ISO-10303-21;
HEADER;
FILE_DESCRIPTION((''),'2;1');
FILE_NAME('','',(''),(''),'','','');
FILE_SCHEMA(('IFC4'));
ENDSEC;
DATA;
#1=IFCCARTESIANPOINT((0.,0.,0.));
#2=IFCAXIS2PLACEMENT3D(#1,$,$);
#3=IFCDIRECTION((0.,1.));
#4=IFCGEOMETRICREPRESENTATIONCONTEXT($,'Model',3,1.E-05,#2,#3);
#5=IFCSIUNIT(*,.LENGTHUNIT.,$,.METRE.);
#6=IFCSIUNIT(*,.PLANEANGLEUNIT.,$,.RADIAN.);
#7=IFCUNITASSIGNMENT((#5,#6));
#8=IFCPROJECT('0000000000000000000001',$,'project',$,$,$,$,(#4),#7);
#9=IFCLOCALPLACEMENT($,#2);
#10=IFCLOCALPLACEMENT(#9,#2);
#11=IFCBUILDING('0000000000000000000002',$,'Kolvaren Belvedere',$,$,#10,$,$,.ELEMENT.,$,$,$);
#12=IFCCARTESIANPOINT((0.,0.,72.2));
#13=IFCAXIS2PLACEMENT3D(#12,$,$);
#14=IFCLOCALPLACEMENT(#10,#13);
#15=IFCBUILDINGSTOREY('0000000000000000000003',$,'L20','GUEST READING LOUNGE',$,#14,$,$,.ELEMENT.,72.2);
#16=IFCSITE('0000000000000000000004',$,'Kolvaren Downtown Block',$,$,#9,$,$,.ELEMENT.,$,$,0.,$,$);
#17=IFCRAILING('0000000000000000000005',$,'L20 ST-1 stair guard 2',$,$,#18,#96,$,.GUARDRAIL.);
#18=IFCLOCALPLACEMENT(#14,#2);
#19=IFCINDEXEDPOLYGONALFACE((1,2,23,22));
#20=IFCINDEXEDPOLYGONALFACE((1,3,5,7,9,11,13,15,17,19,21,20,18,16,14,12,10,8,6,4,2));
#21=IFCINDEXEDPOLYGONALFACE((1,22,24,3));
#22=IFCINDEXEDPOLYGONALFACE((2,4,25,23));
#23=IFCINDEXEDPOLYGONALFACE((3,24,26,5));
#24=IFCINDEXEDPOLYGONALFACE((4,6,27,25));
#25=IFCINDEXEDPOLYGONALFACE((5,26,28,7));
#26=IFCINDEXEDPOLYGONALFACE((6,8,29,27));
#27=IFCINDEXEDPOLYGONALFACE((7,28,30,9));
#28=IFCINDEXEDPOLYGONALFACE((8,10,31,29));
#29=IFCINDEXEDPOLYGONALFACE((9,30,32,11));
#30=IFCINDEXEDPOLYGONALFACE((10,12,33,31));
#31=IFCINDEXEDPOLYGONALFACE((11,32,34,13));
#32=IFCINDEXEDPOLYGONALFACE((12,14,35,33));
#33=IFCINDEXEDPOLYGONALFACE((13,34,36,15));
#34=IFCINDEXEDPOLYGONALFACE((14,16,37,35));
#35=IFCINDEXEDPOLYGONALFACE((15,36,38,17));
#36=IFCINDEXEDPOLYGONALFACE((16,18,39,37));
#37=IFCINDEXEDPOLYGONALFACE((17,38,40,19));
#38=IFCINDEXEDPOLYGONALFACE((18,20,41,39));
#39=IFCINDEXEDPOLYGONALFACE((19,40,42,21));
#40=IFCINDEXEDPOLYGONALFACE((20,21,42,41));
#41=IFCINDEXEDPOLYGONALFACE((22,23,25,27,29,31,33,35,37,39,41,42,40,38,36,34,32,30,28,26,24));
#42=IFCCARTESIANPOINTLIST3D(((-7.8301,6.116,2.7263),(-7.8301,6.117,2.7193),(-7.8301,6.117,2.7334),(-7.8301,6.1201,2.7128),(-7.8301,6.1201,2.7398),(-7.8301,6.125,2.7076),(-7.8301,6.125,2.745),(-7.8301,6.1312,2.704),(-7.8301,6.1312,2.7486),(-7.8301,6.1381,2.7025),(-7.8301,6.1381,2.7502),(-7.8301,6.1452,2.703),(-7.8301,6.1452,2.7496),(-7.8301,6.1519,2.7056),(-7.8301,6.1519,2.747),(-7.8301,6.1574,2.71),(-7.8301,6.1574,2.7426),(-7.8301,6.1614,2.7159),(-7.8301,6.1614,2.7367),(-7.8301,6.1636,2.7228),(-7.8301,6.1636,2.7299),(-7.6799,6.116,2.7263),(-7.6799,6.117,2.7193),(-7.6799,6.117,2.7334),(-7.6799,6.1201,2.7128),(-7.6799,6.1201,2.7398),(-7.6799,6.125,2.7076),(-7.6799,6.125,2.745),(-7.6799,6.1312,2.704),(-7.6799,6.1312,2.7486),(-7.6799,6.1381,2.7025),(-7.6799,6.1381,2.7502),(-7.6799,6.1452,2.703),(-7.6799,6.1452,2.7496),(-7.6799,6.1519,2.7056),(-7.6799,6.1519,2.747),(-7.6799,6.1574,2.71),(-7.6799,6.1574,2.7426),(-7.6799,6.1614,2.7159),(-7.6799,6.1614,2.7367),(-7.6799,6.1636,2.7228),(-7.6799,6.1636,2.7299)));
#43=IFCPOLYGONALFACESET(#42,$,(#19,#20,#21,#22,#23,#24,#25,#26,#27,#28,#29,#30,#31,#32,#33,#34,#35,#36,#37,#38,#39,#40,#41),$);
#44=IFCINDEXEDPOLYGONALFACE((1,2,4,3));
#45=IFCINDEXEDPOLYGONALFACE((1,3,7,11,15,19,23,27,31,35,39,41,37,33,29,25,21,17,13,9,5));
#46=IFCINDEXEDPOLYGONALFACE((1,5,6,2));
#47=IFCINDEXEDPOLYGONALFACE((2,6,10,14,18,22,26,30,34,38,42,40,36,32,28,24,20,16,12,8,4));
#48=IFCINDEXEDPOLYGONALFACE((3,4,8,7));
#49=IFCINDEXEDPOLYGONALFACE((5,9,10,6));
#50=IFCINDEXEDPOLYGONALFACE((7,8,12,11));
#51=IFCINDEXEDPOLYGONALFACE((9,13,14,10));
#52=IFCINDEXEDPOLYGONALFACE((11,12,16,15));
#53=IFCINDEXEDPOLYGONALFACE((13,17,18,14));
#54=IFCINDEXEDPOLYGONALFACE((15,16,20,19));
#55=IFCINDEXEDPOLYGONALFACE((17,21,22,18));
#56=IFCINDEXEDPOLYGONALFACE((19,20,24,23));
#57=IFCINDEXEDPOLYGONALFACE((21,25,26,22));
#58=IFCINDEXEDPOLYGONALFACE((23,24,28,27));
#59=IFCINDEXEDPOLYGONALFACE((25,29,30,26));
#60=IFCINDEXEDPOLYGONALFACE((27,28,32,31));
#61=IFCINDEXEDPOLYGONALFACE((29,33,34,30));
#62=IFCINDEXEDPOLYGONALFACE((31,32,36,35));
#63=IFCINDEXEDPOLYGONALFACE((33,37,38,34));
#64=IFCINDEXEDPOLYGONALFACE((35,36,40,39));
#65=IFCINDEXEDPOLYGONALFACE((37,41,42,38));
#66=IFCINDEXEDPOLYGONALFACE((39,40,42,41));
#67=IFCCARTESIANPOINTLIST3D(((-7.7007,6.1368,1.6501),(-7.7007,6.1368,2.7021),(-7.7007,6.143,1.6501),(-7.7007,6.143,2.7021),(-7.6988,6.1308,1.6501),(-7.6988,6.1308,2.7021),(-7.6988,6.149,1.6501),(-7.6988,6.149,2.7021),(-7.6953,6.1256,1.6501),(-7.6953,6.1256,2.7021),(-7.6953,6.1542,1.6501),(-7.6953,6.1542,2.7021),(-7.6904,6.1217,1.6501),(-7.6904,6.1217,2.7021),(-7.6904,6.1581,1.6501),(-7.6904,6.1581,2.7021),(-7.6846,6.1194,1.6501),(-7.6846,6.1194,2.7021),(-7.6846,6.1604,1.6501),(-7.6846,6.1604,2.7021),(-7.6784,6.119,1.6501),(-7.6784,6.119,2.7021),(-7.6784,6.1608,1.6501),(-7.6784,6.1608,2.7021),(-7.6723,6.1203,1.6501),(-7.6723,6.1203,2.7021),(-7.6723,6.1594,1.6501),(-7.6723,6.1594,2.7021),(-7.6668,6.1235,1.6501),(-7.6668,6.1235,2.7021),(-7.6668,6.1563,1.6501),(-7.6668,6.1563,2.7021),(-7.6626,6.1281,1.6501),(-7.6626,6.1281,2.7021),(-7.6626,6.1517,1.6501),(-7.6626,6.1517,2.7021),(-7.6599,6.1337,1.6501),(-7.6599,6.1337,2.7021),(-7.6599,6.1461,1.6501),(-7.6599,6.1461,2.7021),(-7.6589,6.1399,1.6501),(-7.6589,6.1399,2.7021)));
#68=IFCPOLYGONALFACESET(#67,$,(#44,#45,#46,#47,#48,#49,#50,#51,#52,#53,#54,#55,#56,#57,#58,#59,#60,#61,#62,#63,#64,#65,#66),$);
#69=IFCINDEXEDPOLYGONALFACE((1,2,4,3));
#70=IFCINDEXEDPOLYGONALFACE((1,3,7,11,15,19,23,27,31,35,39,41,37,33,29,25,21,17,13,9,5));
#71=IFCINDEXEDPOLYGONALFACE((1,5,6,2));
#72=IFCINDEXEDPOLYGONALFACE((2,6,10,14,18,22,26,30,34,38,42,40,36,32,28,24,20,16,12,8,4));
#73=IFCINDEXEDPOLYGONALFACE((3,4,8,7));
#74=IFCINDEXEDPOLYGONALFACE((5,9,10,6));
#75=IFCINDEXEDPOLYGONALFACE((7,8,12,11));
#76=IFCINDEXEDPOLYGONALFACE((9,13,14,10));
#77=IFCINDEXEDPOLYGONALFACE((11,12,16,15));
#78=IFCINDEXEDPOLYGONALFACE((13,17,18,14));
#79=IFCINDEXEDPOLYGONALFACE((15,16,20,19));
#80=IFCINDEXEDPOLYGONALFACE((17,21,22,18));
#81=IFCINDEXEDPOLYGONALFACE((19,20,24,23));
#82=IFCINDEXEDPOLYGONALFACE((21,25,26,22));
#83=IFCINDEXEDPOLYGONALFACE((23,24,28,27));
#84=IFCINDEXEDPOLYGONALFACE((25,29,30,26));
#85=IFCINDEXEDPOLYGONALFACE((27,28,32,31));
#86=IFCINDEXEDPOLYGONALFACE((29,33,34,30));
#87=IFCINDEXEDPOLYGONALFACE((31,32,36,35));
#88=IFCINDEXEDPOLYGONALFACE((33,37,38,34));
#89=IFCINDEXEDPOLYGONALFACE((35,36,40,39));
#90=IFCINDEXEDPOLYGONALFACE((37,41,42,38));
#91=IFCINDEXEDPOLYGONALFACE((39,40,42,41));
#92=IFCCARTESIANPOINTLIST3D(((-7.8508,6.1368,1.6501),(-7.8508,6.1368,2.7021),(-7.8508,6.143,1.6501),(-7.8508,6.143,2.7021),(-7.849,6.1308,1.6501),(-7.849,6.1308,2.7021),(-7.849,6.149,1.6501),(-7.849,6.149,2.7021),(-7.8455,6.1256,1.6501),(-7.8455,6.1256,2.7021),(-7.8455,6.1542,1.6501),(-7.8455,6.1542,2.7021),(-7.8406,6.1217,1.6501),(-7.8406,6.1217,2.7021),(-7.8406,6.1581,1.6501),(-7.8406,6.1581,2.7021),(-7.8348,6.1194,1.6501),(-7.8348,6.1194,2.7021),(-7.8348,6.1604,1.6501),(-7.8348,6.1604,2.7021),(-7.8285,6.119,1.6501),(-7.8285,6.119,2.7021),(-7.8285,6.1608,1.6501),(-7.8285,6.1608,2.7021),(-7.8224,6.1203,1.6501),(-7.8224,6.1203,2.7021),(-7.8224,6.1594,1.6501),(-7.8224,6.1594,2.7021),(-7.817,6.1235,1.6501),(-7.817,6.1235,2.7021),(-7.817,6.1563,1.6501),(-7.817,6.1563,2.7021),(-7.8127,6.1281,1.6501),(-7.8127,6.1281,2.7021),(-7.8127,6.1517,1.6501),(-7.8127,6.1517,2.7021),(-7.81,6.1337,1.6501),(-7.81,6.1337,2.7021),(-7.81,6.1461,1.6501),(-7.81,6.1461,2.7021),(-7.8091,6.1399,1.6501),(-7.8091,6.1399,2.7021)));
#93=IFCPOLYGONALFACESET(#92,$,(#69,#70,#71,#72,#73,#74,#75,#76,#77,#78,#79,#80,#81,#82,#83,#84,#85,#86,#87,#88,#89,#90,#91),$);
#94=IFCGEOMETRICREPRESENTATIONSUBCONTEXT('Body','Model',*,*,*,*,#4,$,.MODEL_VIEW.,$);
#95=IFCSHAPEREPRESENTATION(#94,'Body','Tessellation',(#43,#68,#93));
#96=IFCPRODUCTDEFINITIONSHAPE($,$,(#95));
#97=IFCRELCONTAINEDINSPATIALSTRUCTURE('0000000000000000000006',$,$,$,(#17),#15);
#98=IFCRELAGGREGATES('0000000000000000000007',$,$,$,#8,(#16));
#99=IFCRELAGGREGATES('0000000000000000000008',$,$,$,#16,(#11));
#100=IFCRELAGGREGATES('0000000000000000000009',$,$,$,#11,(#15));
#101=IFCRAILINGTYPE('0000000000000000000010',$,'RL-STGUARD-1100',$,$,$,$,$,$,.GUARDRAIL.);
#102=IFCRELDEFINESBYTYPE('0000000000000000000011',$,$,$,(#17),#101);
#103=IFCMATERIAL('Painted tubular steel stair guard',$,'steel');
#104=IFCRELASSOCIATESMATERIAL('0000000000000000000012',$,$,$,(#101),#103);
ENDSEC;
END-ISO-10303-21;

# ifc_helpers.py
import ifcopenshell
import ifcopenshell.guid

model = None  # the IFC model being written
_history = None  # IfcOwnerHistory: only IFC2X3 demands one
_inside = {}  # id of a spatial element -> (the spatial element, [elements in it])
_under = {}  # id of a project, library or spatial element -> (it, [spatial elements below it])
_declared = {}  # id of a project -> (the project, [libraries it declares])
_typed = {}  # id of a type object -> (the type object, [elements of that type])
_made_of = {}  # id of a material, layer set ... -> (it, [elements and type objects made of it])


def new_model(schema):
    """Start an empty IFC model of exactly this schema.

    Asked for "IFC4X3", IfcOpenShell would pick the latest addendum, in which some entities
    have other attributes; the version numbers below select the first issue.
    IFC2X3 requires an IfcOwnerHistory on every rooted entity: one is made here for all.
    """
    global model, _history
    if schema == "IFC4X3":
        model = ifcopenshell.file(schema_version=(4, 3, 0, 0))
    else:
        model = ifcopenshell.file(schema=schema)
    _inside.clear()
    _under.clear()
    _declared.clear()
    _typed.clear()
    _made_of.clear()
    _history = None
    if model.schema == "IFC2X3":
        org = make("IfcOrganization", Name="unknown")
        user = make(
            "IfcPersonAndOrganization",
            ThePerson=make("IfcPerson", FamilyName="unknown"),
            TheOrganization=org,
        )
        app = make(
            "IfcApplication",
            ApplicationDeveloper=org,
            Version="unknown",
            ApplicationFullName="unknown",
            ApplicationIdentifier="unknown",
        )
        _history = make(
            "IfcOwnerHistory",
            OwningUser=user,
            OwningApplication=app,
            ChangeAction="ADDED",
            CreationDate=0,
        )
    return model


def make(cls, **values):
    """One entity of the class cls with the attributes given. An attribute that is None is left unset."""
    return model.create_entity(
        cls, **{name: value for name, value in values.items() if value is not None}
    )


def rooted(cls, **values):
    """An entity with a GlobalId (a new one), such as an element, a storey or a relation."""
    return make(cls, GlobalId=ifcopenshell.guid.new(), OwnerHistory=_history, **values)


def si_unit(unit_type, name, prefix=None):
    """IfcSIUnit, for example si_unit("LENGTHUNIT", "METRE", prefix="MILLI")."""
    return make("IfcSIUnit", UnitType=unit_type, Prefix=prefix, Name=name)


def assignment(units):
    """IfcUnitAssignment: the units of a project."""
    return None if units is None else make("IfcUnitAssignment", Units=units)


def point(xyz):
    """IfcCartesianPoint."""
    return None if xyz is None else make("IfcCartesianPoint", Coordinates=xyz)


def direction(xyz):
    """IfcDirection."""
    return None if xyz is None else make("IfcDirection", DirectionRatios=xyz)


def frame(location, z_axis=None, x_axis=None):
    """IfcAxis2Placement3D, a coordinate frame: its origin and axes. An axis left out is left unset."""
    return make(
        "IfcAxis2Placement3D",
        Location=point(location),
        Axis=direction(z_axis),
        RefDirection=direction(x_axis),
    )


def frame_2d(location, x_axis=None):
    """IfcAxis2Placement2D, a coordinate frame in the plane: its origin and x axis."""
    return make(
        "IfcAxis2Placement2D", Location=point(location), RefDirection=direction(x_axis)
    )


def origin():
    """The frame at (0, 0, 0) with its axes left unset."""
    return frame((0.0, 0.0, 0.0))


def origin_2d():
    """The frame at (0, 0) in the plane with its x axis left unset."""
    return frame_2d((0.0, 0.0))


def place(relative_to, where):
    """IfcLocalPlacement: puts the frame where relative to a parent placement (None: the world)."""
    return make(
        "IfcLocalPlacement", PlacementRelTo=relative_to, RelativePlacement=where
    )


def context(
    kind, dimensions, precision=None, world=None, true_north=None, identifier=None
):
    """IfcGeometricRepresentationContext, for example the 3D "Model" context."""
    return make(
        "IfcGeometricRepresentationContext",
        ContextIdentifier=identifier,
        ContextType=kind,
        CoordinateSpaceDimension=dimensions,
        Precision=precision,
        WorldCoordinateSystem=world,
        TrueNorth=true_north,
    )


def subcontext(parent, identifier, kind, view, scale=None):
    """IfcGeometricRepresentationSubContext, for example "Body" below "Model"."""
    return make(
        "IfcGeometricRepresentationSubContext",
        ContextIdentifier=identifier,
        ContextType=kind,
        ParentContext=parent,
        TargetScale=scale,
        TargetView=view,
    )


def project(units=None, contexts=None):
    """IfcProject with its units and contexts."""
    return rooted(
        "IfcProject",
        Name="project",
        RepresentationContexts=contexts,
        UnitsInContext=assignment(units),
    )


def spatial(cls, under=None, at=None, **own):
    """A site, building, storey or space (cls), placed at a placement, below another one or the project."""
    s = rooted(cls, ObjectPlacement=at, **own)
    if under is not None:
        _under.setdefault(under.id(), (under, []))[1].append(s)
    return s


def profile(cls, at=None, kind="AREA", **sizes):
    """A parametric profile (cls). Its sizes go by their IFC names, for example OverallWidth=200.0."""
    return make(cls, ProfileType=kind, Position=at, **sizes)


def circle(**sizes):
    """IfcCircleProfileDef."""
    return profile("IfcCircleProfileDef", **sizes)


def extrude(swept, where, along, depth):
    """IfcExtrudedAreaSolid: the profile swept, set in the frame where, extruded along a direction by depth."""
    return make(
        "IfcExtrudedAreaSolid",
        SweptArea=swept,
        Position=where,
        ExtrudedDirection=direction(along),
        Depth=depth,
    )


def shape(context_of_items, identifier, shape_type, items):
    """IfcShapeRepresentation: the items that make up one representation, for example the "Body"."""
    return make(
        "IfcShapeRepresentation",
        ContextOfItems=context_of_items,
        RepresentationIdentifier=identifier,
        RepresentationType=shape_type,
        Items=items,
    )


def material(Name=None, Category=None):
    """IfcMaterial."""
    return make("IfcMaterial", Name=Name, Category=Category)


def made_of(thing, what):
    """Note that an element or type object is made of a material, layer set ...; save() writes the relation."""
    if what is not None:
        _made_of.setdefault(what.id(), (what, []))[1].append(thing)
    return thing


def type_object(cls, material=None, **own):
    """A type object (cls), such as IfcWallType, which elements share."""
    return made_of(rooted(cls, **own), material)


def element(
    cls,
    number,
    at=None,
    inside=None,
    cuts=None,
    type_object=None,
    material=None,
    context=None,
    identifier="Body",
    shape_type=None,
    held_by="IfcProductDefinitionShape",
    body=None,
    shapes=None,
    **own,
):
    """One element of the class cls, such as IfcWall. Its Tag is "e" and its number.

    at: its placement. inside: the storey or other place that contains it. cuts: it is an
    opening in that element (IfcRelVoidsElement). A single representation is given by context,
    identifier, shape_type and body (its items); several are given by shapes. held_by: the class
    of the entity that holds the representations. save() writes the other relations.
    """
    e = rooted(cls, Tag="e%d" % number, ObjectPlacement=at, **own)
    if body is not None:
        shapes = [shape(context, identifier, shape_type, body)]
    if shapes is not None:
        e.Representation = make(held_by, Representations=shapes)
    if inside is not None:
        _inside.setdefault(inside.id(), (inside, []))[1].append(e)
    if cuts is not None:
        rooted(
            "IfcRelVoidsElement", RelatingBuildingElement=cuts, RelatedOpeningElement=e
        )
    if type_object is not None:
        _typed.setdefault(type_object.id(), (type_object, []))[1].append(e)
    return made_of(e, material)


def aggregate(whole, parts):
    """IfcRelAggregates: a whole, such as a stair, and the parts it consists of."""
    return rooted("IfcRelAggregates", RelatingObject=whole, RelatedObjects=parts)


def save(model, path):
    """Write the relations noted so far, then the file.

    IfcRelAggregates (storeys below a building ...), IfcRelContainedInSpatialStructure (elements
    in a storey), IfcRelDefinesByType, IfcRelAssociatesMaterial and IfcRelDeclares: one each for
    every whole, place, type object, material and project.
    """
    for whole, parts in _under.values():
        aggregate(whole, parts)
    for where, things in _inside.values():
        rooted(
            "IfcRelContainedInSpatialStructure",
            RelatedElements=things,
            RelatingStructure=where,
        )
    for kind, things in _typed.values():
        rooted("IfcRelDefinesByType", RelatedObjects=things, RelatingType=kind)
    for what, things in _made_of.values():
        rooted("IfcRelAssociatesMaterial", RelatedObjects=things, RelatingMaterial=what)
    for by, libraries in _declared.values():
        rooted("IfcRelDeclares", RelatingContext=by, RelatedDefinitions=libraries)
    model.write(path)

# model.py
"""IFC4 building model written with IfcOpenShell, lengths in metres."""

from ifc_helpers import new_model, si_unit, direction, frame, origin, origin_2d, place, context, subcontext, project, spatial, circle, extrude, material, type_object, element, save


model = new_model("IFC4")

# Units and contexts
model_context = context("Model", 3, precision=1e-05, world=origin(), true_north=direction((0.0, 1.0)))
body_context = subcontext(model_context, "Body", "Model", "MODEL_VIEW")
ifc_project = project(units=[si_unit("LENGTHUNIT", "METRE"), si_unit("PLANEANGLEUNIT", "RADIAN")], contexts=[model_context])

# Site, building, storey
site_placement = place(None, origin())
site = spatial("IfcSite", under=ifc_project, at=site_placement, Name="Kolvaren Downtown Block", CompositionType="ELEMENT", RefElevation=0.0)
building_placement = place(site_placement, origin())
building = spatial("IfcBuilding", under=site, at=building_placement, Name="Kolvaren Belvedere", CompositionType="ELEMENT")
storey_placement = place(building_placement, frame((0.0, 0.0, 72.2)))
storey = spatial("IfcBuildingStorey", under=building, at=storey_placement, Name="L20", Description="GUEST READING LOUNGE", CompositionType="ELEMENT", Elevation=72.2)

# Railing
ifc_material_1 = material(Name="Painted tubular steel stair guard", Category="steel")
railing_type_1 = type_object("IfcRailingType", Name="RL-STGUARD-1100", PredefinedType="GUARDRAIL", material=ifc_material_1)
railing_1_placement = place(storey_placement, frame((-7.6799, 6.1399, 1.6501)))
element("IfcRailing", 1, at=railing_1_placement, inside=storey, type_object=railing_type_1, Name="L20 ST-1 stair guard 2", PredefinedType="GUARDRAIL", context=body_context, shape_type="SweptSolid", body=[
    extrude(circle(Radius=0.0239, at=origin_2d()), frame((0.0, 0.0, 1.0762), z_axis=(-1.0, 0.0, 0.0), x_axis=(0.0, -1.0, 0.0)), (0.0, 0.0, 1.0), 0.1501),
    extrude(circle(Radius=0.021, at=origin_2d()), origin(), (0.0, 0.0, 1.0), 1.052),
    extrude(circle(Radius=0.021, at=origin_2d()), frame((-0.1501, 0.0, 0.0)), (0.0, 0.0, 1.0), 1.052),
])

save(model, "model.ifc")
